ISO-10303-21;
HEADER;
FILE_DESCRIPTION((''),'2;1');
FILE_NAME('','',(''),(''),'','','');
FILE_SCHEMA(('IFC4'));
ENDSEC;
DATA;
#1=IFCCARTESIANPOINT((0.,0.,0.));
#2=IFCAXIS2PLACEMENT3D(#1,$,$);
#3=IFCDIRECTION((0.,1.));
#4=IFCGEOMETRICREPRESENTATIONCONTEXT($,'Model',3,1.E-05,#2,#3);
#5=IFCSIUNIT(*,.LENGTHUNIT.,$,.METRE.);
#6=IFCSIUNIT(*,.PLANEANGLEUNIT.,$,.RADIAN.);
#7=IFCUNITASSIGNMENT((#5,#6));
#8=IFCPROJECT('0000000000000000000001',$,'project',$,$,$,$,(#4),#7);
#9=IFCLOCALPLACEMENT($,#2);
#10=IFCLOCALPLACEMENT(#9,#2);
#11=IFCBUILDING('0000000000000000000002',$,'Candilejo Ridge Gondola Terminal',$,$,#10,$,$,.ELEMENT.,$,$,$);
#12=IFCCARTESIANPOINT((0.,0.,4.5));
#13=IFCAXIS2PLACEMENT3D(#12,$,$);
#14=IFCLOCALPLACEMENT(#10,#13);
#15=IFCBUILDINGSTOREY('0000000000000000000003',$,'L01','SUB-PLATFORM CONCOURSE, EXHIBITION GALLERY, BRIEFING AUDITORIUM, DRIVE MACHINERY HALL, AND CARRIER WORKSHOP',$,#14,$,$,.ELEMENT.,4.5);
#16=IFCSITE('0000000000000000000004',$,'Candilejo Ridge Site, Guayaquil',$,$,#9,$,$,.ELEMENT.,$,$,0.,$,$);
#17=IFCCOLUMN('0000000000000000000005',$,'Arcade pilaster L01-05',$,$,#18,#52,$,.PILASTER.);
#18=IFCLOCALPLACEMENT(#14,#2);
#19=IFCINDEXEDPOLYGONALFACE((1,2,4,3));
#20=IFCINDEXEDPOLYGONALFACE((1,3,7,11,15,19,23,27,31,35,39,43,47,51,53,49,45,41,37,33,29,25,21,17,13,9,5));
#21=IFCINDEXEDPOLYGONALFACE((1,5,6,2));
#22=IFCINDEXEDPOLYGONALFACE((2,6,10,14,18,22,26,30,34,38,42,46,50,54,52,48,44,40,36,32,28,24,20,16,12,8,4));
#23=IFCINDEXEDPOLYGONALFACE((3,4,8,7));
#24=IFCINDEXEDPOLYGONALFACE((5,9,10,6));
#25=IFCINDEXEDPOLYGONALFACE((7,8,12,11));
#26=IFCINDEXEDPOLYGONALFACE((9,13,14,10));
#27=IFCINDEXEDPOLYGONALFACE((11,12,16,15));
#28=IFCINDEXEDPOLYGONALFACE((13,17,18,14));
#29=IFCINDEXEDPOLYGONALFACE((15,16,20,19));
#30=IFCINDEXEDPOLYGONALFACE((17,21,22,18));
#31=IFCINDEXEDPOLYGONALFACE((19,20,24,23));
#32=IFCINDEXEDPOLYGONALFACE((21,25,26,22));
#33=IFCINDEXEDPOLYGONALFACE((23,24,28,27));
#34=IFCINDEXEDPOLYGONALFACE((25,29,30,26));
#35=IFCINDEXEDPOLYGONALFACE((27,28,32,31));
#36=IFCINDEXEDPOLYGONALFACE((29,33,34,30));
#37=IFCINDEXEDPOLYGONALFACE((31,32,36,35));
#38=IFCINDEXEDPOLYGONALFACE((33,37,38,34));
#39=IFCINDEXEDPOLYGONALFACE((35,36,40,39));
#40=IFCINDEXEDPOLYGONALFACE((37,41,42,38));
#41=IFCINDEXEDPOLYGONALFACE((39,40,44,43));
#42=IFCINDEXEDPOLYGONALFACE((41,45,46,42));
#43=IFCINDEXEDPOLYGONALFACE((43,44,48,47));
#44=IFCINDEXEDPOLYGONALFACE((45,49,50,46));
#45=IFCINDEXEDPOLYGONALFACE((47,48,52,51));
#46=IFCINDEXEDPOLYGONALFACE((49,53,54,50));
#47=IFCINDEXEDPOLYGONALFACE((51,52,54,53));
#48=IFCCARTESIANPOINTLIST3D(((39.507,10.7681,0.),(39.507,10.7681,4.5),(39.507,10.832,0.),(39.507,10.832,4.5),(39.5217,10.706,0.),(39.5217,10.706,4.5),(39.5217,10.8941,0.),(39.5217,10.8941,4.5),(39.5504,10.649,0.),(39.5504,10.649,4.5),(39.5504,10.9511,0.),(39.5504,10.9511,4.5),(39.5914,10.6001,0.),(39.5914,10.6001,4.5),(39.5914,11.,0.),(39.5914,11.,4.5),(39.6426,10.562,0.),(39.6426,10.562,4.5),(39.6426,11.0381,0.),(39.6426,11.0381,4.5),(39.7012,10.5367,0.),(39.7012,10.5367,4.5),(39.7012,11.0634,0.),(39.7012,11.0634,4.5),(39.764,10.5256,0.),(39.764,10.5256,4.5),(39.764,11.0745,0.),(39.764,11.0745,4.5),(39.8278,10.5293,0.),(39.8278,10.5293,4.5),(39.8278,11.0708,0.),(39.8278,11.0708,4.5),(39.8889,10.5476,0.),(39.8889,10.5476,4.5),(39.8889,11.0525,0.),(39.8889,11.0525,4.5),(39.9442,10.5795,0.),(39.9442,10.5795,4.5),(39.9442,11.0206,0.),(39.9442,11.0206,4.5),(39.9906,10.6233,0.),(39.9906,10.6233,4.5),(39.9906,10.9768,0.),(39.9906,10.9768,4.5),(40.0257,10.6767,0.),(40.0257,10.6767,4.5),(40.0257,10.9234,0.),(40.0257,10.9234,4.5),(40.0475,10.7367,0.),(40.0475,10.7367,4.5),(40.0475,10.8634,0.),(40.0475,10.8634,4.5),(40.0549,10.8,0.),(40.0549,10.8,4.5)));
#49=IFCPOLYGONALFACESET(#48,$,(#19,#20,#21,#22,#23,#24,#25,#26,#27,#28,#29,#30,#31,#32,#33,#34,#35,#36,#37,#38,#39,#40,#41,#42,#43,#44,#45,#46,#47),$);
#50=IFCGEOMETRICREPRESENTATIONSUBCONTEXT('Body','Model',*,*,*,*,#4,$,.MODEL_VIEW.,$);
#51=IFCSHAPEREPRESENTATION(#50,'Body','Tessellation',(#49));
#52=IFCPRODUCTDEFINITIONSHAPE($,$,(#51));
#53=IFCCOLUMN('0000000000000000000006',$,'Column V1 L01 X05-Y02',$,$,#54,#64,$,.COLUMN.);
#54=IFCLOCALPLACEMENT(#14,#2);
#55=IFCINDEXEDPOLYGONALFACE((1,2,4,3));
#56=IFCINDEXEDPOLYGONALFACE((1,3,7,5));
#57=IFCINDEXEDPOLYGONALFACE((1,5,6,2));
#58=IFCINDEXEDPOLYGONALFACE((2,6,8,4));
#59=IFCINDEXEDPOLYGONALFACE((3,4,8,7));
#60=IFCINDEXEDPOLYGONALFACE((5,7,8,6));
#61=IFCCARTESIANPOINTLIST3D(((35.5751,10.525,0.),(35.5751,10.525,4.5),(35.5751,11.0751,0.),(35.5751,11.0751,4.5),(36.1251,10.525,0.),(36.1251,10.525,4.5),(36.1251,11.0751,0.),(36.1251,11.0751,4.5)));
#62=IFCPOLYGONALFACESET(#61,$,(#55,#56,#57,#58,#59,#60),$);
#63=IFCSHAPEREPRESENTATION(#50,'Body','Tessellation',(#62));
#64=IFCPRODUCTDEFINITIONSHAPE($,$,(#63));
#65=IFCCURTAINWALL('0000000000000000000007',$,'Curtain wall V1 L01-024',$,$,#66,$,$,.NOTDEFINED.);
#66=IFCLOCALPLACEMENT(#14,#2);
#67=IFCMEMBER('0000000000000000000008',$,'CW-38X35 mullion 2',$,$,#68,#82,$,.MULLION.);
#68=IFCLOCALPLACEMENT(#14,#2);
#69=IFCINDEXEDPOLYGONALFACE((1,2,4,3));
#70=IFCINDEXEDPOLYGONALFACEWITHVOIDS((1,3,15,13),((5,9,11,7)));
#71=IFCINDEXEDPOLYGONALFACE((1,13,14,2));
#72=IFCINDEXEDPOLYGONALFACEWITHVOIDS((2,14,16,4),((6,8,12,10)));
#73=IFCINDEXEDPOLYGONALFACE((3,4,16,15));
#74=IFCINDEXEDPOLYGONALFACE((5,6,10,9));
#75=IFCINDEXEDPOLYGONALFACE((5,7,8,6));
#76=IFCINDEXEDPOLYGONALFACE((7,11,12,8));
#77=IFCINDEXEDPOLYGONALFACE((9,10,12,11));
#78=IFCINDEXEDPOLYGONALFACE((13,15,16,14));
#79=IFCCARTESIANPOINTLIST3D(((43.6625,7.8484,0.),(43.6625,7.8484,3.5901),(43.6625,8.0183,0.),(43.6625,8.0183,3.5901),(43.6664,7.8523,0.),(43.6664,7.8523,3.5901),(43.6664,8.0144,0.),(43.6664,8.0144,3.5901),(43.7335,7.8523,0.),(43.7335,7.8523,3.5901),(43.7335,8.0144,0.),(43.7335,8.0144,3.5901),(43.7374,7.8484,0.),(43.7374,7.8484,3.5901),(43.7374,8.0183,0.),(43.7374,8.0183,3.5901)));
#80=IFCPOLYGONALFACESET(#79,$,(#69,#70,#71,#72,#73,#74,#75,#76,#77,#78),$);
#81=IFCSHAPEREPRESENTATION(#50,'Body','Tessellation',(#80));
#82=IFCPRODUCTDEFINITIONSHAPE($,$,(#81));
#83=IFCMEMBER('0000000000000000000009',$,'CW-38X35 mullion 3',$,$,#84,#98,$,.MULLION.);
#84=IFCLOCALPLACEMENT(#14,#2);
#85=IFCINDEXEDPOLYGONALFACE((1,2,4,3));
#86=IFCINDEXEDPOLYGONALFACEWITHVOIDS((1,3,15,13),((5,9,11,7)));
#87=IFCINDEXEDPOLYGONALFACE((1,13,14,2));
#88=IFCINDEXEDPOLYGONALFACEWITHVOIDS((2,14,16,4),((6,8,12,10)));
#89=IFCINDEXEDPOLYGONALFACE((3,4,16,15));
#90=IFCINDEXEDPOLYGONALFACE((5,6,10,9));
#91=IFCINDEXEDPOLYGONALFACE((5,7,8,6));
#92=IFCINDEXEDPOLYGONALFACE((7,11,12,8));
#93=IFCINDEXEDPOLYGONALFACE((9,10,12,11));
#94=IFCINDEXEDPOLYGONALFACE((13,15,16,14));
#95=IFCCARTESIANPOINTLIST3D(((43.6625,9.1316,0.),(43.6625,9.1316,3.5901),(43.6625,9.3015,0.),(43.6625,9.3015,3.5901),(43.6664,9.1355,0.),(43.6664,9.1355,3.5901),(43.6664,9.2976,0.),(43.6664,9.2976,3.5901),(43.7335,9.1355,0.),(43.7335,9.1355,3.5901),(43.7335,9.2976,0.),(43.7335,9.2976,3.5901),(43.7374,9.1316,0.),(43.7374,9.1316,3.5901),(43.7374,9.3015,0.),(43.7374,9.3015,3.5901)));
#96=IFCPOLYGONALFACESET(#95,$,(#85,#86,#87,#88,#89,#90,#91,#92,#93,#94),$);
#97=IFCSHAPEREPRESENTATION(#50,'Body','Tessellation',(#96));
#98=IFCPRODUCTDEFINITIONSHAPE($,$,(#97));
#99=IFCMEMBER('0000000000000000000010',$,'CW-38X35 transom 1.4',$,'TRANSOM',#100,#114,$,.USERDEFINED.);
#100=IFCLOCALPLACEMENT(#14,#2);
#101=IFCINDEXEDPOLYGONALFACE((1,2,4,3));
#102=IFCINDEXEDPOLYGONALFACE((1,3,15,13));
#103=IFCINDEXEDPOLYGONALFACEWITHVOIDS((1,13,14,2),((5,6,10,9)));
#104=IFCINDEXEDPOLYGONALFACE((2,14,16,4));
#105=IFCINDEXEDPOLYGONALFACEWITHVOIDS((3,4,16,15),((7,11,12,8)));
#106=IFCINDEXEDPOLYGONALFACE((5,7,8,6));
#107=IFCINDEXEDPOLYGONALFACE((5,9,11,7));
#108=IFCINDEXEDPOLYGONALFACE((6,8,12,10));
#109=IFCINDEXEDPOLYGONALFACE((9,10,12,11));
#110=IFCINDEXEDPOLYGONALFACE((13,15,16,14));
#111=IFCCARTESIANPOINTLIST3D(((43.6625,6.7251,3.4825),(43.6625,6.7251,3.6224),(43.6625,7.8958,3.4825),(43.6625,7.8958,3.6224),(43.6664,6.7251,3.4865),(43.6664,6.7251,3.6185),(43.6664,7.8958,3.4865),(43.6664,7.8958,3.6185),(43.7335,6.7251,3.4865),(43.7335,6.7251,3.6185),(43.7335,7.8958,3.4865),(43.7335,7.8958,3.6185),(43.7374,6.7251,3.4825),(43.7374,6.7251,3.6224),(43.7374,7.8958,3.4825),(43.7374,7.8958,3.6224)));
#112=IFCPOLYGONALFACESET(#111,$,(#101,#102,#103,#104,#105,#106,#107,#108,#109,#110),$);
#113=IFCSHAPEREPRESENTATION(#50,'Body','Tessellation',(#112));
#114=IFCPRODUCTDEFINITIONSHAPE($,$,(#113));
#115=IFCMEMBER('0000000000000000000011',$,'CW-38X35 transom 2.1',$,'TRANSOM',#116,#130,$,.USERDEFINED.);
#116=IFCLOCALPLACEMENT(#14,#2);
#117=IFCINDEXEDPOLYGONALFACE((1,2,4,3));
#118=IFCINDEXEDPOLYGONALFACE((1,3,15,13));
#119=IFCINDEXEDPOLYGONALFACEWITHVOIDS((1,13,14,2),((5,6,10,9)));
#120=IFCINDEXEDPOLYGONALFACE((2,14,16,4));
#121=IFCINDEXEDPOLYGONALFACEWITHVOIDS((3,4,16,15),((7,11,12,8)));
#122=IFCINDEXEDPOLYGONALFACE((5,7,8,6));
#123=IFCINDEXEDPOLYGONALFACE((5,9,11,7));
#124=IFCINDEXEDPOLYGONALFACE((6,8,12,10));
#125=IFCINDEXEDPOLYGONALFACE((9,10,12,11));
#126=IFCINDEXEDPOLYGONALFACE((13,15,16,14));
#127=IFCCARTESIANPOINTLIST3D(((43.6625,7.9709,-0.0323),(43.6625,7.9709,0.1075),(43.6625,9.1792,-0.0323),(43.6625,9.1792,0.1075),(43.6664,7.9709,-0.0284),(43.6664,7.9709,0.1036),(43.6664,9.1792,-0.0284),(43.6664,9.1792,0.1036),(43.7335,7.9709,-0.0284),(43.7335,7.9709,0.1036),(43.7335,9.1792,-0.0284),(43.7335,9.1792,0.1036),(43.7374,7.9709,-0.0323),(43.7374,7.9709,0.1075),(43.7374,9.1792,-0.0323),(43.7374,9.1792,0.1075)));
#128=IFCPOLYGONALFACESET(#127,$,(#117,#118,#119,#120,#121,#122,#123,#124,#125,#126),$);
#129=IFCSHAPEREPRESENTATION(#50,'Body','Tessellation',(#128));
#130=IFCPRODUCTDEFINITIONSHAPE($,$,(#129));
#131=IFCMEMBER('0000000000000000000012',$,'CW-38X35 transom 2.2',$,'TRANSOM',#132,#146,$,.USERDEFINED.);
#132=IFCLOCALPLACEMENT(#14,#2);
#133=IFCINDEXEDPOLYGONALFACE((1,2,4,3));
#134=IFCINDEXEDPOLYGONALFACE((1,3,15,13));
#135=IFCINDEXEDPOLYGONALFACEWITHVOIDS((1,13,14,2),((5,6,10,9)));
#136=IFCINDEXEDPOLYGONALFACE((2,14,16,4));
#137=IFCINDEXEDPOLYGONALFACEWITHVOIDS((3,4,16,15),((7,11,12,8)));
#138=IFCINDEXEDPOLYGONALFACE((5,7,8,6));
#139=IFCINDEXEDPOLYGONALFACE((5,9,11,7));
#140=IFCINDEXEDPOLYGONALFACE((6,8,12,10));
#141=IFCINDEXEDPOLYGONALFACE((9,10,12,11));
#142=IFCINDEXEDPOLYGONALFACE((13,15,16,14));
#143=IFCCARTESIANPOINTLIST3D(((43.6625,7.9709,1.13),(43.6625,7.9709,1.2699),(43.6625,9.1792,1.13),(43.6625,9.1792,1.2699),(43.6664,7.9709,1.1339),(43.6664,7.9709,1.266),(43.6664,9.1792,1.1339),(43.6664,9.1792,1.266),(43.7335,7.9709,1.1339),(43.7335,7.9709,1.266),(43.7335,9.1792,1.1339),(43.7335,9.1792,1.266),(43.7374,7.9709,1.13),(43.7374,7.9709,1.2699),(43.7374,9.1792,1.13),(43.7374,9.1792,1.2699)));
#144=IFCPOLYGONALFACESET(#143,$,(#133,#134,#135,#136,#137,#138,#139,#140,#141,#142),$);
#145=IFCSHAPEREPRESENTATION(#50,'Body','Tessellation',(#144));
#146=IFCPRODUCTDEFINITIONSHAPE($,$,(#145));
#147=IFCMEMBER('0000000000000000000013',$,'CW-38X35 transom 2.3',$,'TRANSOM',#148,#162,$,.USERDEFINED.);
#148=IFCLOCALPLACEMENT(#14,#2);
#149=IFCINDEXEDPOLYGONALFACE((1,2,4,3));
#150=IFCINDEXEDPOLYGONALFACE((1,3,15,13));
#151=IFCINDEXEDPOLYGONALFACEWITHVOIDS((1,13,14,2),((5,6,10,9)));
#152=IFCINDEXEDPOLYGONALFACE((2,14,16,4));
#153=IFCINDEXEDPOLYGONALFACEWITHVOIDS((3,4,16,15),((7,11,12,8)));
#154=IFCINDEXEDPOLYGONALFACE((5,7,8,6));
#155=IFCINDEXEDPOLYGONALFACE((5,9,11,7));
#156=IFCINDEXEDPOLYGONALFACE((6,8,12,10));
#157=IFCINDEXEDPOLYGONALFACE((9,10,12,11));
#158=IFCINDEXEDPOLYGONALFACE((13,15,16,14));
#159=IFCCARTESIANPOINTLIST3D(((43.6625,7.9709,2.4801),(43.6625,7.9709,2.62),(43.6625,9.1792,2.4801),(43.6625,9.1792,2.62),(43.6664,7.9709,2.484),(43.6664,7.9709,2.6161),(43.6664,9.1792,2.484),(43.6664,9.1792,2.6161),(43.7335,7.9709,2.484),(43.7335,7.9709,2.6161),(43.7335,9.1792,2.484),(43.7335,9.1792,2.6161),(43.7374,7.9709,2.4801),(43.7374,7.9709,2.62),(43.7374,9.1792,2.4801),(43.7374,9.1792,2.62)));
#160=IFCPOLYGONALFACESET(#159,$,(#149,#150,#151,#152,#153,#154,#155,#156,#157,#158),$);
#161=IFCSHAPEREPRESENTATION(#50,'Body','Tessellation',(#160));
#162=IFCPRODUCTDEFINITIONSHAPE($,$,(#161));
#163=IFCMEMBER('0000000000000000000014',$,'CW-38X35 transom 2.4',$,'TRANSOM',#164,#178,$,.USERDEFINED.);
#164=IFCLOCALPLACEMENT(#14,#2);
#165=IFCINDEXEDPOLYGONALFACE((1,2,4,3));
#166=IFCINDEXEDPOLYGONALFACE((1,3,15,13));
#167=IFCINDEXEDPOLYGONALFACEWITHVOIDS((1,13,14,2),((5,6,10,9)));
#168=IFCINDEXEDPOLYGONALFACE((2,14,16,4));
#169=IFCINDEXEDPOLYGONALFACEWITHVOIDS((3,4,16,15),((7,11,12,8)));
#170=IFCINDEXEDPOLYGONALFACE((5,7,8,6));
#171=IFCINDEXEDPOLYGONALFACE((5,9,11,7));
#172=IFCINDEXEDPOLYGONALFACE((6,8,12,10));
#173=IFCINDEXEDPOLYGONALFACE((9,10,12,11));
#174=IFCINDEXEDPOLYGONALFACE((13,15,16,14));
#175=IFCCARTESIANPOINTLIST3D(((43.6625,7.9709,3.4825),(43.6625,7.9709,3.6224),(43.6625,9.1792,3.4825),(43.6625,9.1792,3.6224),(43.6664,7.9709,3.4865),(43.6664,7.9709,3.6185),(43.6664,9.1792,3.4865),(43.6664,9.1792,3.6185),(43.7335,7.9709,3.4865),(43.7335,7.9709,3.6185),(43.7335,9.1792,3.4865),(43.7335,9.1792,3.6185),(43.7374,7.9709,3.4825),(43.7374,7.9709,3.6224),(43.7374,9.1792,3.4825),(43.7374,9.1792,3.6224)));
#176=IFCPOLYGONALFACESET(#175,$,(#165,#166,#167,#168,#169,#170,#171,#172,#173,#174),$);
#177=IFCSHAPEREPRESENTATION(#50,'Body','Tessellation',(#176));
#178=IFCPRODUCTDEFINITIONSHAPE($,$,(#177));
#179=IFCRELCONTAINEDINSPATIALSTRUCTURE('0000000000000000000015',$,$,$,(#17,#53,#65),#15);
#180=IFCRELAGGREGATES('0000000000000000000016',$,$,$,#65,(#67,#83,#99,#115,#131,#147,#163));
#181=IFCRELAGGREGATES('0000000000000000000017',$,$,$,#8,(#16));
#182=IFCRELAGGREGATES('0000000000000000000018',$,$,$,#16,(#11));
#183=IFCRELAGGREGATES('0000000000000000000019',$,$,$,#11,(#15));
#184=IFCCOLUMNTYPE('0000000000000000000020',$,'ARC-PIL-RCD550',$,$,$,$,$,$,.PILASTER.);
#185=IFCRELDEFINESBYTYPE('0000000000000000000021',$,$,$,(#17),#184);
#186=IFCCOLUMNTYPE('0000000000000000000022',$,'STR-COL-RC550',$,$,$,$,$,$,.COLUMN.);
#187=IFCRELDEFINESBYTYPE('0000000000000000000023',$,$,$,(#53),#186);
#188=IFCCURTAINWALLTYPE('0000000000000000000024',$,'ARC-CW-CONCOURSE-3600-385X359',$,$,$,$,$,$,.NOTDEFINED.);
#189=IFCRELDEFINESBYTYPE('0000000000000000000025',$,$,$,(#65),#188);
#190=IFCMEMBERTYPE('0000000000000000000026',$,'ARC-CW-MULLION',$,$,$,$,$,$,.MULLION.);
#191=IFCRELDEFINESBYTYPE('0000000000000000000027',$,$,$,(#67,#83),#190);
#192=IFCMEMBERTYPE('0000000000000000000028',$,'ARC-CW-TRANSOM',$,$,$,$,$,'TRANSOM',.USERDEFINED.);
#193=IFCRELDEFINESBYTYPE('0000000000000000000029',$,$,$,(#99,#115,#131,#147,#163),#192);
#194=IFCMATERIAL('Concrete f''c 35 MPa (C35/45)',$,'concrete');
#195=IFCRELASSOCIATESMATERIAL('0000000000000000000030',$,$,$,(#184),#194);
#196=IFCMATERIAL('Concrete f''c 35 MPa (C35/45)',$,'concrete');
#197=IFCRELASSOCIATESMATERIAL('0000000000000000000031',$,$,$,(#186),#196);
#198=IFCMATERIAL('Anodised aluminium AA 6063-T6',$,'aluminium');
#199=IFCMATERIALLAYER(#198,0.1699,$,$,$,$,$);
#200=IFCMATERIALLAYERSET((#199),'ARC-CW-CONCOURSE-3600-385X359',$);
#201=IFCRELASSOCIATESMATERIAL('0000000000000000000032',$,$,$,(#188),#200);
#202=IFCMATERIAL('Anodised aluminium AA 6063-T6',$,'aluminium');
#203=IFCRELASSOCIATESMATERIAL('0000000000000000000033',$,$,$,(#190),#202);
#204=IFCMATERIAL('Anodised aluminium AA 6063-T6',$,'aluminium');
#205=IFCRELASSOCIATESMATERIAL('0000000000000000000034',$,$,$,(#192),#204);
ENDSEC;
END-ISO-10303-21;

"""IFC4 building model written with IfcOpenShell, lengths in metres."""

from ifc_helpers import new_model, si_unit, direction, frame, origin, origin_2d, place, context, subcontext, project, spatial, rectangle, hollow_rectangle, circle, extrude, material, layer, layer_set, material_profile, profile_set, type_object, element, aggregate, save


model = new_model("IFC4")

# Units and contexts
model_context = context("Model", 3, precision=1e-05, world=origin(), true_north=direction((0.0, 1.0)))
body_context = subcontext(model_context, "Body", "Model", "MODEL_VIEW")
ifc_project = project(units=[si_unit("LENGTHUNIT", "METRE"), si_unit("PLANEANGLEUNIT", "RADIAN")], contexts=[model_context])

# Site, building, storey
site_placement = place(None, origin())
site = spatial("IfcSite", under=ifc_project, at=site_placement, Name="Candilejo Ridge Site, Guayaquil", CompositionType="ELEMENT", RefElevation=0.0)
building_placement = place(site_placement, origin())
building = spatial("IfcBuilding", under=site, at=building_placement, Name="Candilejo Ridge Gondola Terminal", CompositionType="ELEMENT")
storey_placement = place(building_placement, frame((0.0, 0.0, 4.5)))
storey = spatial("IfcBuildingStorey", under=building, at=storey_placement, Name="L01", Description="SUB-PLATFORM CONCOURSE, EXHIBITION GALLERY, BRIEFING AUDITORIUM, DRIVE MACHINERY HALL, AND CARRIER WORKSHOP", CompositionType="ELEMENT", Elevation=4.5)

# Columns
ifc_material_1 = material(Name="Concrete f'c 35 MPa (C35/45)", Category="concrete")
ifc_material_profile_1 = material_profile(ifc_material_1, circle(Radius=0.2749, at=origin_2d()))
ifc_profile_set_1 = profile_set([ifc_material_profile_1], Name="Concrete f'c 35 MPa (C35/45)")
column_type_1 = type_object("IfcColumnType", Name="ARC-PIL-RCD550", PredefinedType="PILASTER", material=ifc_profile_set_1)
column_1_placement = place(storey_placement, frame((39.78, 10.8, 0.0), z_axis=(0.0, 0.0, 1.0), x_axis=(1.0, 0.0, 0.0)))
element("IfcColumn", 1, at=column_1_placement, inside=storey, type_object=column_type_1, Name="Arcade pilaster L01-05", PredefinedType="PILASTER", context=body_context, shape_type="SweptSolid", body=[
    extrude(circle(Radius=0.2749, at=origin_2d()), origin(), (0.0, 0.0, 1.0), 4.5),
])
ifc_material_2 = material(Name="Concrete f'c 35 MPa (C35/45)", Category="concrete")
ifc_material_profile_2 = material_profile(ifc_material_2, rectangle(XDim=0.55, YDim=0.55, at=origin_2d()))
ifc_profile_set_2 = profile_set([ifc_material_profile_2], Name="Concrete f'c 35 MPa (C35/45)")
column_type_2 = type_object("IfcColumnType", Name="STR-COL-RC550", PredefinedType="COLUMN", material=ifc_profile_set_2)
column_2_placement = place(storey_placement, frame((35.8501, 10.8, 0.0), z_axis=(0.0, 0.0, 1.0), x_axis=(1.0, 0.0, 0.0)))
element("IfcColumn", 2, at=column_2_placement, inside=storey, type_object=column_type_2, Name="Column V1 L01 X05-Y02", PredefinedType="COLUMN", context=body_context, shape_type="SweptSolid", body=[
    extrude(rectangle(XDim=0.55, YDim=0.55, at=origin_2d()), origin(), (0.0, 0.0, 1.0), 4.5),
])

# Curtain wall, members
ifc_material_3 = material(Name="Anodised aluminium AA 6063-T6", Category="aluminium")
ifc_layer_1 = layer(ifc_material_3, 0.1699)
ifc_layer_set_1 = layer_set([ifc_layer_1], Name="ARC-CW-CONCOURSE-3600-385X359")
curtain_wall_type = type_object("IfcCurtainWallType", Name="ARC-CW-CONCOURSE-3600-385X359", PredefinedType="NOTDEFINED", material=ifc_layer_set_1)
curtain_wall_placement = place(storey_placement, origin())
curtain_wall = element("IfcCurtainWall", 3, at=curtain_wall_placement, inside=storey, type_object=curtain_wall_type, Name="Curtain wall V1 L01-024", PredefinedType="NOTDEFINED")
ifc_material_4 = material(Name="Anodised aluminium AA 6063-T6", Category="aluminium")
ifc_material_profile_3 = material_profile(ifc_material_4, hollow_rectangle(XDim=0.075, YDim=0.1699, WallThickness=0.0039, at=origin_2d()))
ifc_profile_set_3 = profile_set([ifc_material_profile_3], Name="Anodised aluminium AA 6063-T6")
member_type_1 = type_object("IfcMemberType", Name="ARC-CW-MULLION", PredefinedType="MULLION", material=ifc_profile_set_3)
member_1_placement = place(storey_placement, frame((43.7, 7.9333, 0.0), z_axis=(0.0, 0.0, 1.0), x_axis=(-1.0, 0.0, 0.0)))
member_1 = element("IfcMember", 4, at=member_1_placement, type_object=member_type_1, Name="CW-38X35 mullion 2", PredefinedType="MULLION", context=body_context, shape_type="SweptSolid", body=[
    extrude(hollow_rectangle(XDim=0.075, YDim=0.1699, WallThickness=0.0039, at=origin_2d()), origin(), (0.0, 0.0, 1.0), 3.5901),
])
member_2_placement = place(storey_placement, frame((43.7, 9.2166, 0.0), z_axis=(0.0, 0.0, 1.0), x_axis=(-1.0, 0.0, 0.0)))
member_2 = element("IfcMember", 5, at=member_2_placement, type_object=member_type_1, Name="CW-38X35 mullion 3", PredefinedType="MULLION", context=body_context, shape_type="SweptSolid", body=[
    extrude(hollow_rectangle(XDim=0.075, YDim=0.1699, WallThickness=0.0039, at=origin_2d()), origin(), (0.0, 0.0, 1.0), 3.5901),
])
ifc_material_5 = material(Name="Anodised aluminium AA 6063-T6", Category="aluminium")
ifc_material_profile_4 = material_profile(ifc_material_5, hollow_rectangle(XDim=0.075, YDim=0.1399, WallThickness=0.0039, at=origin_2d()))
ifc_profile_set_4 = profile_set([ifc_material_profile_4], Name="Anodised aluminium AA 6063-T6")
member_type_2 = type_object("IfcMemberType", Name="ARC-CW-TRANSOM", ElementType="TRANSOM", PredefinedType="USERDEFINED", material=ifc_profile_set_4)
member_3_placement = place(storey_placement, frame((43.7, 6.7251, 3.5525), z_axis=(0.0, 1.0, 0.0), x_axis=(-1.0, 0.0, 0.0)))
member_3 = element("IfcMember", 6, at=member_3_placement, type_object=member_type_2, Name="CW-38X35 transom 1.4", ObjectType="TRANSOM", PredefinedType="USERDEFINED", context=body_context, shape_type="SweptSolid", body=[
    extrude(hollow_rectangle(XDim=0.075, YDim=0.1399, WallThickness=0.0039, at=origin_2d()), origin(), (0.0, 0.0, 1.0), 1.1707),
])
member_4_placement = place(storey_placement, frame((43.7, 7.9709, 0.0376), z_axis=(0.0, 1.0, 0.0), x_axis=(-1.0, 0.0, 0.0)))
member_4 = element("IfcMember", 7, at=member_4_placement, type_object=member_type_2, Name="CW-38X35 transom 2.1", ObjectType="TRANSOM", PredefinedType="USERDEFINED", context=body_context, shape_type="SweptSolid", body=[
    extrude(hollow_rectangle(XDim=0.075, YDim=0.1399, WallThickness=0.0039, at=origin_2d()), origin(), (0.0, 0.0, 1.0), 1.2083),
])
member_5_placement = place(storey_placement, frame((43.7, 7.9709, 1.2), z_axis=(0.0, 1.0, 0.0), x_axis=(-1.0, 0.0, 0.0)))
member_5 = element("IfcMember", 8, at=member_5_placement, type_object=member_type_2, Name="CW-38X35 transom 2.2", ObjectType="TRANSOM", PredefinedType="USERDEFINED", context=body_context, shape_type="SweptSolid", body=[
    extrude(hollow_rectangle(XDim=0.075, YDim=0.1399, WallThickness=0.0039, at=origin_2d()), origin(), (0.0, 0.0, 1.0), 1.2083),
])
member_6_placement = place(storey_placement, frame((43.7, 7.9709, 2.55), z_axis=(0.0, 1.0, 0.0), x_axis=(-1.0, 0.0, 0.0)))
member_6 = element("IfcMember", 9, at=member_6_placement, type_object=member_type_2, Name="CW-38X35 transom 2.3", ObjectType="TRANSOM", PredefinedType="USERDEFINED", context=body_context, shape_type="SweptSolid", body=[
    extrude(hollow_rectangle(XDim=0.075, YDim=0.1399, WallThickness=0.0039, at=origin_2d()), origin(), (0.0, 0.0, 1.0), 1.2083),
])
member_7_placement = place(storey_placement, frame((43.7, 7.9709, 3.5525), z_axis=(0.0, 1.0, 0.0), x_axis=(-1.0, 0.0, 0.0)))
member_7 = element("IfcMember", 10, at=member_7_placement, type_object=member_type_2, Name="CW-38X35 transom 2.4", ObjectType="TRANSOM", PredefinedType="USERDEFINED", context=body_context, shape_type="SweptSolid", body=[
    extrude(hollow_rectangle(XDim=0.075, YDim=0.1399, WallThickness=0.0039, at=origin_2d()), origin(), (0.0, 0.0, 1.0), 1.2083),
])

aggregate(curtain_wall, [member_1, member_2, member_3, member_4, member_5, member_6, member_7])

save(model, "model.ifc")
